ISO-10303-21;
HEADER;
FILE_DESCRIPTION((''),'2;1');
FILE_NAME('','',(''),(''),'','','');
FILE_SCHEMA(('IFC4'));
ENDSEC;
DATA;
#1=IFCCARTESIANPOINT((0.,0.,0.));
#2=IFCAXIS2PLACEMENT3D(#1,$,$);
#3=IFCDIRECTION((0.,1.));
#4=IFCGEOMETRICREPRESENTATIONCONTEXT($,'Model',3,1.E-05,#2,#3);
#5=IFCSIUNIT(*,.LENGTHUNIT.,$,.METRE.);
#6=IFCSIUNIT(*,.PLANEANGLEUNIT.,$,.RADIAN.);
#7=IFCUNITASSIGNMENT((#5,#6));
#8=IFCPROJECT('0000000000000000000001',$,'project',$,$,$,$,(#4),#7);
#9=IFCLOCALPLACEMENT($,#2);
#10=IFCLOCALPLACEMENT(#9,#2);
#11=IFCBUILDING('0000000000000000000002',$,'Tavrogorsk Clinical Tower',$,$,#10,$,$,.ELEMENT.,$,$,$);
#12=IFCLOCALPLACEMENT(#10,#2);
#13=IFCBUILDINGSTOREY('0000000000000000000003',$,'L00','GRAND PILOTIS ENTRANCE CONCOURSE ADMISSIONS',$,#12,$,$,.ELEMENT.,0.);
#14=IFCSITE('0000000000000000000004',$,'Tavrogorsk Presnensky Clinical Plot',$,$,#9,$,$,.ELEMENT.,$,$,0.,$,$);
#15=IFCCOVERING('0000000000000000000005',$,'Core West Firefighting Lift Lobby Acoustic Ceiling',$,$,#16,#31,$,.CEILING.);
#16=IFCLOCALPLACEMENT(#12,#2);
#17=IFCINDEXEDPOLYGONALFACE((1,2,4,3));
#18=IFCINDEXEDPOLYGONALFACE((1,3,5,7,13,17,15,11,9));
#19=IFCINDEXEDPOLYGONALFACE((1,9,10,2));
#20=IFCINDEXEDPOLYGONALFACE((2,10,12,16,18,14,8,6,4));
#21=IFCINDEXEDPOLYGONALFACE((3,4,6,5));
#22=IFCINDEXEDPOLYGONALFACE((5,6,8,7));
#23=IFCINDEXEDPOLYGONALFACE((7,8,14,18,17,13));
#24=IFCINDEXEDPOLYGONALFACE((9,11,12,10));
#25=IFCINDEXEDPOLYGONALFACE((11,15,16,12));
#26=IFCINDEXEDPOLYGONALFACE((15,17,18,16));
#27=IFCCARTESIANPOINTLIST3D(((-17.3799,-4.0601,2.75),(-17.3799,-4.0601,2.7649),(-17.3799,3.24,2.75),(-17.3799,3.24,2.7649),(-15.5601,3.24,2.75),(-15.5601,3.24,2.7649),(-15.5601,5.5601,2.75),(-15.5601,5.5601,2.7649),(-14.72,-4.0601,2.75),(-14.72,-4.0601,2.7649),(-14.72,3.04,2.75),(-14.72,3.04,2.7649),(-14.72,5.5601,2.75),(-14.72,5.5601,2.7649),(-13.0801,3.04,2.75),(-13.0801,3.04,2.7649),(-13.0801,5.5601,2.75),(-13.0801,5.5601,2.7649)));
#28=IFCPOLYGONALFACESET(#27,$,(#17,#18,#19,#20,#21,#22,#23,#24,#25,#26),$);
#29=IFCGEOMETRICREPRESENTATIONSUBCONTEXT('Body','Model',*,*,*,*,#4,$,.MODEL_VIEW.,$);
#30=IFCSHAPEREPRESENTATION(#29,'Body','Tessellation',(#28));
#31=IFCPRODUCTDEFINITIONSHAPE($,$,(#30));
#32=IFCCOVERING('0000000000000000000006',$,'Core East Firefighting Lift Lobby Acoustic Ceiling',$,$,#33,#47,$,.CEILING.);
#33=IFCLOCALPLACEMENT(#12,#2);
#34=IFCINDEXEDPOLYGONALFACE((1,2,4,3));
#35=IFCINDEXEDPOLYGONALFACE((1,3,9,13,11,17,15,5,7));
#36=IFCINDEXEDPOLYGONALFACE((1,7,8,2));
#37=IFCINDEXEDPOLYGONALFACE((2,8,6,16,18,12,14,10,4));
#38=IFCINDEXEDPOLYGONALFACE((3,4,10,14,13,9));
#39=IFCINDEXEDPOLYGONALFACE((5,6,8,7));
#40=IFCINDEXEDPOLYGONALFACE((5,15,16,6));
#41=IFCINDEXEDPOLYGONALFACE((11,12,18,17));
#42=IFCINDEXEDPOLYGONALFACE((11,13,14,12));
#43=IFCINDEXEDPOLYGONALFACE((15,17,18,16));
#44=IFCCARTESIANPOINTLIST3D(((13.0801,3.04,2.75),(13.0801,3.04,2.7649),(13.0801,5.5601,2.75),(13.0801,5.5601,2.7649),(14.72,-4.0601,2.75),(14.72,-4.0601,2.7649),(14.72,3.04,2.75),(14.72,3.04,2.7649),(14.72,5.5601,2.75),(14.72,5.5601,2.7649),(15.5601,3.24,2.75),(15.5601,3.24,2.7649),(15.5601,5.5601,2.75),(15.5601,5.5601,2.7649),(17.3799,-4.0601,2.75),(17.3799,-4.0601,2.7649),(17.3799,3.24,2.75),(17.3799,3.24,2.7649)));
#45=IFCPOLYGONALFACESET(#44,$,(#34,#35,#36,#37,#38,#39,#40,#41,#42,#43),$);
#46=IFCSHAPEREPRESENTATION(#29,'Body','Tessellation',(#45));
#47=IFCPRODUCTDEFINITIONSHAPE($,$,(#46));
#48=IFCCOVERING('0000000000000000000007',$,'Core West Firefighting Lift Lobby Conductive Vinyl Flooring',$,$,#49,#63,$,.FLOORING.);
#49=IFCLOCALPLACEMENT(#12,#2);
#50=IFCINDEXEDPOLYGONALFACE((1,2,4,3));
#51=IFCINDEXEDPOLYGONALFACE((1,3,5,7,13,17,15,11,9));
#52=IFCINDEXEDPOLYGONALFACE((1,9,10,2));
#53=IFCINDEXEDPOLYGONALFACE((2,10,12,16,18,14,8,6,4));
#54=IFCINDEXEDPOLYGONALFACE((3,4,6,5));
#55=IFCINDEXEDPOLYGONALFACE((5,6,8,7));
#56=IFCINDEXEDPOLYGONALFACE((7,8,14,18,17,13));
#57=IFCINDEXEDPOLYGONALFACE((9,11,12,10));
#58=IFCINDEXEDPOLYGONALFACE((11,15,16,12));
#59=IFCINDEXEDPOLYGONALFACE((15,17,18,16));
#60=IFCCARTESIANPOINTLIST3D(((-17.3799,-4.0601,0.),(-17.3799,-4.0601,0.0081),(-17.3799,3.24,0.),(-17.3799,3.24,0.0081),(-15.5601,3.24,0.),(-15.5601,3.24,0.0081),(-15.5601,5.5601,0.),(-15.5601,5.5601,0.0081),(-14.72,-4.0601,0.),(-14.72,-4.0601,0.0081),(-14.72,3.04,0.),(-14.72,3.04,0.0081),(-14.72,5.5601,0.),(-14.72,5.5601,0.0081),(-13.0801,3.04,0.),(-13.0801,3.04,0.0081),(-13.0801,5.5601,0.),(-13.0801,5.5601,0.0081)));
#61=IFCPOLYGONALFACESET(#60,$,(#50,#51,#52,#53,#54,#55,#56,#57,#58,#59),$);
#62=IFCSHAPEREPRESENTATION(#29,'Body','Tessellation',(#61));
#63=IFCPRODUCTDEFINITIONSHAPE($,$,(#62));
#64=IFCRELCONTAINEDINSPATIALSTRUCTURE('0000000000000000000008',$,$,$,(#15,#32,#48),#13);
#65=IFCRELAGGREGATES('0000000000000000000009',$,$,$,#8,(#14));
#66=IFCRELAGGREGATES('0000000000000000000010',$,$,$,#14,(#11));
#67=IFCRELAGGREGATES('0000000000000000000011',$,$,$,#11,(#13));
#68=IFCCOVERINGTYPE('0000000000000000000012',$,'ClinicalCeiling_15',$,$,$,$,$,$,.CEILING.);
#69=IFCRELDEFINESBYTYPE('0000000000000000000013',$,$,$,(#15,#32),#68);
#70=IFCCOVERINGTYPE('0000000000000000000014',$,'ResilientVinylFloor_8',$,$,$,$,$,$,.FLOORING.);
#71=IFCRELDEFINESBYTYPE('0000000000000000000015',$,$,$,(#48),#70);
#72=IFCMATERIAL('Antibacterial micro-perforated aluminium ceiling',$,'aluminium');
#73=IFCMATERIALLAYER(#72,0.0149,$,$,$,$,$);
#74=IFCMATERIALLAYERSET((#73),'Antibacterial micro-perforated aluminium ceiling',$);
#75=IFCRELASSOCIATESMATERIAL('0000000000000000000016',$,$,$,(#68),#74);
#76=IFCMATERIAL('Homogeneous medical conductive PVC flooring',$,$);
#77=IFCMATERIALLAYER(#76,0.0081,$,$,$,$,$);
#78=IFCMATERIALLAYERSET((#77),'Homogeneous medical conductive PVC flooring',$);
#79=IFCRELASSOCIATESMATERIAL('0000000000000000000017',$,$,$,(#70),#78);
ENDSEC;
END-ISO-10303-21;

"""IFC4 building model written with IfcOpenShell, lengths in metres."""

from ifc_helpers import new_model, si_unit, direction, frame, origin, place, context, subcontext, project, spatial, polyline, outline, extrude, material, layer, layer_set, type_object, element, save


model = new_model("IFC4")

# Units and contexts
model_context = context("Model", 3, precision=1e-05, world=origin(), true_north=direction((0.0, 1.0)))
body_context = subcontext(model_context, "Body", "Model", "MODEL_VIEW")
ifc_project = project(units=[si_unit("LENGTHUNIT", "METRE"), si_unit("PLANEANGLEUNIT", "RADIAN")], contexts=[model_context])

# Site, building, storey
site_placement = place(None, origin())
site = spatial("IfcSite", under=ifc_project, at=site_placement, Name="Tavrogorsk Presnensky Clinical Plot", CompositionType="ELEMENT", RefElevation=0.0)
building_placement = place(site_placement, origin())
building = spatial("IfcBuilding", under=site, at=building_placement, Name="Tavrogorsk Clinical Tower", CompositionType="ELEMENT")
storey_placement = place(building_placement, origin())
storey = spatial("IfcBuildingStorey", under=building, at=storey_placement, Name="L00", Description="GRAND PILOTIS ENTRANCE CONCOURSE ADMISSIONS", CompositionType="ELEMENT", Elevation=0.0)

# Coverings
ifc_material_1 = material(Name="Antibacterial micro-perforated aluminium ceiling", Category="aluminium")
ifc_layer_1 = layer(ifc_material_1, 0.0149)
ifc_layer_set_1 = layer_set([ifc_layer_1], Name="Antibacterial micro-perforated aluminium ceiling")
covering_type_1 = type_object("IfcCoveringType", Name="ClinicalCeiling_15", PredefinedType="CEILING", material=ifc_layer_set_1)
covering_1_placement = place(storey_placement, frame((0.0, 0.0, 2.75)))
element("IfcCovering", 1, at=covering_1_placement, inside=storey, type_object=covering_type_1, Name="Core West Firefighting Lift Lobby Acoustic Ceiling", PredefinedType="CEILING", context=body_context, shape_type="SweptSolid", body=[
    extrude(outline(polyline([(-14.72, -4.0601), (-17.3799, -4.0601), (-17.3799, 3.24), (-15.5601, 3.24), (-15.5601, 5.5601), (-14.72, 5.5601), (-13.0801, 5.5601), (-13.0801, 3.04), (-14.72, 3.04), (-14.72, -4.0601)])), origin(), (0.0, 0.0, 1.0), 0.0149),
])
covering_2_placement = place(storey_placement, frame((0.0, 0.0, 2.75)))
element("IfcCovering", 2, at=covering_2_placement, inside=storey, type_object=covering_type_1, Name="Core East Firefighting Lift Lobby Acoustic Ceiling", PredefinedType="CEILING", context=body_context, shape_type="SweptSolid", body=[
    extrude(outline(polyline([(14.72, -4.0601), (14.72, 3.04), (13.0801, 3.04), (13.0801, 5.5601), (14.72, 5.5601), (15.5601, 5.5601), (15.5601, 3.24), (17.3799, 3.24), (17.3799, -4.0601), (14.72, -4.0601)])), origin(), (0.0, 0.0, 1.0), 0.0149),
])
ifc_material_2 = material(Name="Homogeneous medical conductive PVC flooring")
ifc_layer_2 = layer(ifc_material_2, 0.0081)
ifc_layer_set_2 = layer_set([ifc_layer_2], Name="Homogeneous medical conductive PVC flooring")
covering_type_2 = type_object("IfcCoveringType", Name="ResilientVinylFloor_8", PredefinedType="FLOORING", material=ifc_layer_set_2)
covering_3_placement = place(storey_placement, origin())
element("IfcCovering", 3, at=covering_3_placement, inside=storey, type_object=covering_type_2, Name="Core West Firefighting Lift Lobby Conductive Vinyl Flooring", PredefinedType="FLOORING", context=body_context, shape_type="SweptSolid", body=[
    extrude(outline(polyline([(-14.72, -4.0601), (-17.3799, -4.0601), (-17.3799, 3.24), (-15.5601, 3.24), (-15.5601, 5.5601), (-14.72, 5.5601), (-13.0801, 5.5601), (-13.0801, 3.04), (-14.72, 3.04), (-14.72, -4.0601)])), origin(), (0.0, 0.0, 1.0), 0.0081),
])

save(model, "model.ifc")
